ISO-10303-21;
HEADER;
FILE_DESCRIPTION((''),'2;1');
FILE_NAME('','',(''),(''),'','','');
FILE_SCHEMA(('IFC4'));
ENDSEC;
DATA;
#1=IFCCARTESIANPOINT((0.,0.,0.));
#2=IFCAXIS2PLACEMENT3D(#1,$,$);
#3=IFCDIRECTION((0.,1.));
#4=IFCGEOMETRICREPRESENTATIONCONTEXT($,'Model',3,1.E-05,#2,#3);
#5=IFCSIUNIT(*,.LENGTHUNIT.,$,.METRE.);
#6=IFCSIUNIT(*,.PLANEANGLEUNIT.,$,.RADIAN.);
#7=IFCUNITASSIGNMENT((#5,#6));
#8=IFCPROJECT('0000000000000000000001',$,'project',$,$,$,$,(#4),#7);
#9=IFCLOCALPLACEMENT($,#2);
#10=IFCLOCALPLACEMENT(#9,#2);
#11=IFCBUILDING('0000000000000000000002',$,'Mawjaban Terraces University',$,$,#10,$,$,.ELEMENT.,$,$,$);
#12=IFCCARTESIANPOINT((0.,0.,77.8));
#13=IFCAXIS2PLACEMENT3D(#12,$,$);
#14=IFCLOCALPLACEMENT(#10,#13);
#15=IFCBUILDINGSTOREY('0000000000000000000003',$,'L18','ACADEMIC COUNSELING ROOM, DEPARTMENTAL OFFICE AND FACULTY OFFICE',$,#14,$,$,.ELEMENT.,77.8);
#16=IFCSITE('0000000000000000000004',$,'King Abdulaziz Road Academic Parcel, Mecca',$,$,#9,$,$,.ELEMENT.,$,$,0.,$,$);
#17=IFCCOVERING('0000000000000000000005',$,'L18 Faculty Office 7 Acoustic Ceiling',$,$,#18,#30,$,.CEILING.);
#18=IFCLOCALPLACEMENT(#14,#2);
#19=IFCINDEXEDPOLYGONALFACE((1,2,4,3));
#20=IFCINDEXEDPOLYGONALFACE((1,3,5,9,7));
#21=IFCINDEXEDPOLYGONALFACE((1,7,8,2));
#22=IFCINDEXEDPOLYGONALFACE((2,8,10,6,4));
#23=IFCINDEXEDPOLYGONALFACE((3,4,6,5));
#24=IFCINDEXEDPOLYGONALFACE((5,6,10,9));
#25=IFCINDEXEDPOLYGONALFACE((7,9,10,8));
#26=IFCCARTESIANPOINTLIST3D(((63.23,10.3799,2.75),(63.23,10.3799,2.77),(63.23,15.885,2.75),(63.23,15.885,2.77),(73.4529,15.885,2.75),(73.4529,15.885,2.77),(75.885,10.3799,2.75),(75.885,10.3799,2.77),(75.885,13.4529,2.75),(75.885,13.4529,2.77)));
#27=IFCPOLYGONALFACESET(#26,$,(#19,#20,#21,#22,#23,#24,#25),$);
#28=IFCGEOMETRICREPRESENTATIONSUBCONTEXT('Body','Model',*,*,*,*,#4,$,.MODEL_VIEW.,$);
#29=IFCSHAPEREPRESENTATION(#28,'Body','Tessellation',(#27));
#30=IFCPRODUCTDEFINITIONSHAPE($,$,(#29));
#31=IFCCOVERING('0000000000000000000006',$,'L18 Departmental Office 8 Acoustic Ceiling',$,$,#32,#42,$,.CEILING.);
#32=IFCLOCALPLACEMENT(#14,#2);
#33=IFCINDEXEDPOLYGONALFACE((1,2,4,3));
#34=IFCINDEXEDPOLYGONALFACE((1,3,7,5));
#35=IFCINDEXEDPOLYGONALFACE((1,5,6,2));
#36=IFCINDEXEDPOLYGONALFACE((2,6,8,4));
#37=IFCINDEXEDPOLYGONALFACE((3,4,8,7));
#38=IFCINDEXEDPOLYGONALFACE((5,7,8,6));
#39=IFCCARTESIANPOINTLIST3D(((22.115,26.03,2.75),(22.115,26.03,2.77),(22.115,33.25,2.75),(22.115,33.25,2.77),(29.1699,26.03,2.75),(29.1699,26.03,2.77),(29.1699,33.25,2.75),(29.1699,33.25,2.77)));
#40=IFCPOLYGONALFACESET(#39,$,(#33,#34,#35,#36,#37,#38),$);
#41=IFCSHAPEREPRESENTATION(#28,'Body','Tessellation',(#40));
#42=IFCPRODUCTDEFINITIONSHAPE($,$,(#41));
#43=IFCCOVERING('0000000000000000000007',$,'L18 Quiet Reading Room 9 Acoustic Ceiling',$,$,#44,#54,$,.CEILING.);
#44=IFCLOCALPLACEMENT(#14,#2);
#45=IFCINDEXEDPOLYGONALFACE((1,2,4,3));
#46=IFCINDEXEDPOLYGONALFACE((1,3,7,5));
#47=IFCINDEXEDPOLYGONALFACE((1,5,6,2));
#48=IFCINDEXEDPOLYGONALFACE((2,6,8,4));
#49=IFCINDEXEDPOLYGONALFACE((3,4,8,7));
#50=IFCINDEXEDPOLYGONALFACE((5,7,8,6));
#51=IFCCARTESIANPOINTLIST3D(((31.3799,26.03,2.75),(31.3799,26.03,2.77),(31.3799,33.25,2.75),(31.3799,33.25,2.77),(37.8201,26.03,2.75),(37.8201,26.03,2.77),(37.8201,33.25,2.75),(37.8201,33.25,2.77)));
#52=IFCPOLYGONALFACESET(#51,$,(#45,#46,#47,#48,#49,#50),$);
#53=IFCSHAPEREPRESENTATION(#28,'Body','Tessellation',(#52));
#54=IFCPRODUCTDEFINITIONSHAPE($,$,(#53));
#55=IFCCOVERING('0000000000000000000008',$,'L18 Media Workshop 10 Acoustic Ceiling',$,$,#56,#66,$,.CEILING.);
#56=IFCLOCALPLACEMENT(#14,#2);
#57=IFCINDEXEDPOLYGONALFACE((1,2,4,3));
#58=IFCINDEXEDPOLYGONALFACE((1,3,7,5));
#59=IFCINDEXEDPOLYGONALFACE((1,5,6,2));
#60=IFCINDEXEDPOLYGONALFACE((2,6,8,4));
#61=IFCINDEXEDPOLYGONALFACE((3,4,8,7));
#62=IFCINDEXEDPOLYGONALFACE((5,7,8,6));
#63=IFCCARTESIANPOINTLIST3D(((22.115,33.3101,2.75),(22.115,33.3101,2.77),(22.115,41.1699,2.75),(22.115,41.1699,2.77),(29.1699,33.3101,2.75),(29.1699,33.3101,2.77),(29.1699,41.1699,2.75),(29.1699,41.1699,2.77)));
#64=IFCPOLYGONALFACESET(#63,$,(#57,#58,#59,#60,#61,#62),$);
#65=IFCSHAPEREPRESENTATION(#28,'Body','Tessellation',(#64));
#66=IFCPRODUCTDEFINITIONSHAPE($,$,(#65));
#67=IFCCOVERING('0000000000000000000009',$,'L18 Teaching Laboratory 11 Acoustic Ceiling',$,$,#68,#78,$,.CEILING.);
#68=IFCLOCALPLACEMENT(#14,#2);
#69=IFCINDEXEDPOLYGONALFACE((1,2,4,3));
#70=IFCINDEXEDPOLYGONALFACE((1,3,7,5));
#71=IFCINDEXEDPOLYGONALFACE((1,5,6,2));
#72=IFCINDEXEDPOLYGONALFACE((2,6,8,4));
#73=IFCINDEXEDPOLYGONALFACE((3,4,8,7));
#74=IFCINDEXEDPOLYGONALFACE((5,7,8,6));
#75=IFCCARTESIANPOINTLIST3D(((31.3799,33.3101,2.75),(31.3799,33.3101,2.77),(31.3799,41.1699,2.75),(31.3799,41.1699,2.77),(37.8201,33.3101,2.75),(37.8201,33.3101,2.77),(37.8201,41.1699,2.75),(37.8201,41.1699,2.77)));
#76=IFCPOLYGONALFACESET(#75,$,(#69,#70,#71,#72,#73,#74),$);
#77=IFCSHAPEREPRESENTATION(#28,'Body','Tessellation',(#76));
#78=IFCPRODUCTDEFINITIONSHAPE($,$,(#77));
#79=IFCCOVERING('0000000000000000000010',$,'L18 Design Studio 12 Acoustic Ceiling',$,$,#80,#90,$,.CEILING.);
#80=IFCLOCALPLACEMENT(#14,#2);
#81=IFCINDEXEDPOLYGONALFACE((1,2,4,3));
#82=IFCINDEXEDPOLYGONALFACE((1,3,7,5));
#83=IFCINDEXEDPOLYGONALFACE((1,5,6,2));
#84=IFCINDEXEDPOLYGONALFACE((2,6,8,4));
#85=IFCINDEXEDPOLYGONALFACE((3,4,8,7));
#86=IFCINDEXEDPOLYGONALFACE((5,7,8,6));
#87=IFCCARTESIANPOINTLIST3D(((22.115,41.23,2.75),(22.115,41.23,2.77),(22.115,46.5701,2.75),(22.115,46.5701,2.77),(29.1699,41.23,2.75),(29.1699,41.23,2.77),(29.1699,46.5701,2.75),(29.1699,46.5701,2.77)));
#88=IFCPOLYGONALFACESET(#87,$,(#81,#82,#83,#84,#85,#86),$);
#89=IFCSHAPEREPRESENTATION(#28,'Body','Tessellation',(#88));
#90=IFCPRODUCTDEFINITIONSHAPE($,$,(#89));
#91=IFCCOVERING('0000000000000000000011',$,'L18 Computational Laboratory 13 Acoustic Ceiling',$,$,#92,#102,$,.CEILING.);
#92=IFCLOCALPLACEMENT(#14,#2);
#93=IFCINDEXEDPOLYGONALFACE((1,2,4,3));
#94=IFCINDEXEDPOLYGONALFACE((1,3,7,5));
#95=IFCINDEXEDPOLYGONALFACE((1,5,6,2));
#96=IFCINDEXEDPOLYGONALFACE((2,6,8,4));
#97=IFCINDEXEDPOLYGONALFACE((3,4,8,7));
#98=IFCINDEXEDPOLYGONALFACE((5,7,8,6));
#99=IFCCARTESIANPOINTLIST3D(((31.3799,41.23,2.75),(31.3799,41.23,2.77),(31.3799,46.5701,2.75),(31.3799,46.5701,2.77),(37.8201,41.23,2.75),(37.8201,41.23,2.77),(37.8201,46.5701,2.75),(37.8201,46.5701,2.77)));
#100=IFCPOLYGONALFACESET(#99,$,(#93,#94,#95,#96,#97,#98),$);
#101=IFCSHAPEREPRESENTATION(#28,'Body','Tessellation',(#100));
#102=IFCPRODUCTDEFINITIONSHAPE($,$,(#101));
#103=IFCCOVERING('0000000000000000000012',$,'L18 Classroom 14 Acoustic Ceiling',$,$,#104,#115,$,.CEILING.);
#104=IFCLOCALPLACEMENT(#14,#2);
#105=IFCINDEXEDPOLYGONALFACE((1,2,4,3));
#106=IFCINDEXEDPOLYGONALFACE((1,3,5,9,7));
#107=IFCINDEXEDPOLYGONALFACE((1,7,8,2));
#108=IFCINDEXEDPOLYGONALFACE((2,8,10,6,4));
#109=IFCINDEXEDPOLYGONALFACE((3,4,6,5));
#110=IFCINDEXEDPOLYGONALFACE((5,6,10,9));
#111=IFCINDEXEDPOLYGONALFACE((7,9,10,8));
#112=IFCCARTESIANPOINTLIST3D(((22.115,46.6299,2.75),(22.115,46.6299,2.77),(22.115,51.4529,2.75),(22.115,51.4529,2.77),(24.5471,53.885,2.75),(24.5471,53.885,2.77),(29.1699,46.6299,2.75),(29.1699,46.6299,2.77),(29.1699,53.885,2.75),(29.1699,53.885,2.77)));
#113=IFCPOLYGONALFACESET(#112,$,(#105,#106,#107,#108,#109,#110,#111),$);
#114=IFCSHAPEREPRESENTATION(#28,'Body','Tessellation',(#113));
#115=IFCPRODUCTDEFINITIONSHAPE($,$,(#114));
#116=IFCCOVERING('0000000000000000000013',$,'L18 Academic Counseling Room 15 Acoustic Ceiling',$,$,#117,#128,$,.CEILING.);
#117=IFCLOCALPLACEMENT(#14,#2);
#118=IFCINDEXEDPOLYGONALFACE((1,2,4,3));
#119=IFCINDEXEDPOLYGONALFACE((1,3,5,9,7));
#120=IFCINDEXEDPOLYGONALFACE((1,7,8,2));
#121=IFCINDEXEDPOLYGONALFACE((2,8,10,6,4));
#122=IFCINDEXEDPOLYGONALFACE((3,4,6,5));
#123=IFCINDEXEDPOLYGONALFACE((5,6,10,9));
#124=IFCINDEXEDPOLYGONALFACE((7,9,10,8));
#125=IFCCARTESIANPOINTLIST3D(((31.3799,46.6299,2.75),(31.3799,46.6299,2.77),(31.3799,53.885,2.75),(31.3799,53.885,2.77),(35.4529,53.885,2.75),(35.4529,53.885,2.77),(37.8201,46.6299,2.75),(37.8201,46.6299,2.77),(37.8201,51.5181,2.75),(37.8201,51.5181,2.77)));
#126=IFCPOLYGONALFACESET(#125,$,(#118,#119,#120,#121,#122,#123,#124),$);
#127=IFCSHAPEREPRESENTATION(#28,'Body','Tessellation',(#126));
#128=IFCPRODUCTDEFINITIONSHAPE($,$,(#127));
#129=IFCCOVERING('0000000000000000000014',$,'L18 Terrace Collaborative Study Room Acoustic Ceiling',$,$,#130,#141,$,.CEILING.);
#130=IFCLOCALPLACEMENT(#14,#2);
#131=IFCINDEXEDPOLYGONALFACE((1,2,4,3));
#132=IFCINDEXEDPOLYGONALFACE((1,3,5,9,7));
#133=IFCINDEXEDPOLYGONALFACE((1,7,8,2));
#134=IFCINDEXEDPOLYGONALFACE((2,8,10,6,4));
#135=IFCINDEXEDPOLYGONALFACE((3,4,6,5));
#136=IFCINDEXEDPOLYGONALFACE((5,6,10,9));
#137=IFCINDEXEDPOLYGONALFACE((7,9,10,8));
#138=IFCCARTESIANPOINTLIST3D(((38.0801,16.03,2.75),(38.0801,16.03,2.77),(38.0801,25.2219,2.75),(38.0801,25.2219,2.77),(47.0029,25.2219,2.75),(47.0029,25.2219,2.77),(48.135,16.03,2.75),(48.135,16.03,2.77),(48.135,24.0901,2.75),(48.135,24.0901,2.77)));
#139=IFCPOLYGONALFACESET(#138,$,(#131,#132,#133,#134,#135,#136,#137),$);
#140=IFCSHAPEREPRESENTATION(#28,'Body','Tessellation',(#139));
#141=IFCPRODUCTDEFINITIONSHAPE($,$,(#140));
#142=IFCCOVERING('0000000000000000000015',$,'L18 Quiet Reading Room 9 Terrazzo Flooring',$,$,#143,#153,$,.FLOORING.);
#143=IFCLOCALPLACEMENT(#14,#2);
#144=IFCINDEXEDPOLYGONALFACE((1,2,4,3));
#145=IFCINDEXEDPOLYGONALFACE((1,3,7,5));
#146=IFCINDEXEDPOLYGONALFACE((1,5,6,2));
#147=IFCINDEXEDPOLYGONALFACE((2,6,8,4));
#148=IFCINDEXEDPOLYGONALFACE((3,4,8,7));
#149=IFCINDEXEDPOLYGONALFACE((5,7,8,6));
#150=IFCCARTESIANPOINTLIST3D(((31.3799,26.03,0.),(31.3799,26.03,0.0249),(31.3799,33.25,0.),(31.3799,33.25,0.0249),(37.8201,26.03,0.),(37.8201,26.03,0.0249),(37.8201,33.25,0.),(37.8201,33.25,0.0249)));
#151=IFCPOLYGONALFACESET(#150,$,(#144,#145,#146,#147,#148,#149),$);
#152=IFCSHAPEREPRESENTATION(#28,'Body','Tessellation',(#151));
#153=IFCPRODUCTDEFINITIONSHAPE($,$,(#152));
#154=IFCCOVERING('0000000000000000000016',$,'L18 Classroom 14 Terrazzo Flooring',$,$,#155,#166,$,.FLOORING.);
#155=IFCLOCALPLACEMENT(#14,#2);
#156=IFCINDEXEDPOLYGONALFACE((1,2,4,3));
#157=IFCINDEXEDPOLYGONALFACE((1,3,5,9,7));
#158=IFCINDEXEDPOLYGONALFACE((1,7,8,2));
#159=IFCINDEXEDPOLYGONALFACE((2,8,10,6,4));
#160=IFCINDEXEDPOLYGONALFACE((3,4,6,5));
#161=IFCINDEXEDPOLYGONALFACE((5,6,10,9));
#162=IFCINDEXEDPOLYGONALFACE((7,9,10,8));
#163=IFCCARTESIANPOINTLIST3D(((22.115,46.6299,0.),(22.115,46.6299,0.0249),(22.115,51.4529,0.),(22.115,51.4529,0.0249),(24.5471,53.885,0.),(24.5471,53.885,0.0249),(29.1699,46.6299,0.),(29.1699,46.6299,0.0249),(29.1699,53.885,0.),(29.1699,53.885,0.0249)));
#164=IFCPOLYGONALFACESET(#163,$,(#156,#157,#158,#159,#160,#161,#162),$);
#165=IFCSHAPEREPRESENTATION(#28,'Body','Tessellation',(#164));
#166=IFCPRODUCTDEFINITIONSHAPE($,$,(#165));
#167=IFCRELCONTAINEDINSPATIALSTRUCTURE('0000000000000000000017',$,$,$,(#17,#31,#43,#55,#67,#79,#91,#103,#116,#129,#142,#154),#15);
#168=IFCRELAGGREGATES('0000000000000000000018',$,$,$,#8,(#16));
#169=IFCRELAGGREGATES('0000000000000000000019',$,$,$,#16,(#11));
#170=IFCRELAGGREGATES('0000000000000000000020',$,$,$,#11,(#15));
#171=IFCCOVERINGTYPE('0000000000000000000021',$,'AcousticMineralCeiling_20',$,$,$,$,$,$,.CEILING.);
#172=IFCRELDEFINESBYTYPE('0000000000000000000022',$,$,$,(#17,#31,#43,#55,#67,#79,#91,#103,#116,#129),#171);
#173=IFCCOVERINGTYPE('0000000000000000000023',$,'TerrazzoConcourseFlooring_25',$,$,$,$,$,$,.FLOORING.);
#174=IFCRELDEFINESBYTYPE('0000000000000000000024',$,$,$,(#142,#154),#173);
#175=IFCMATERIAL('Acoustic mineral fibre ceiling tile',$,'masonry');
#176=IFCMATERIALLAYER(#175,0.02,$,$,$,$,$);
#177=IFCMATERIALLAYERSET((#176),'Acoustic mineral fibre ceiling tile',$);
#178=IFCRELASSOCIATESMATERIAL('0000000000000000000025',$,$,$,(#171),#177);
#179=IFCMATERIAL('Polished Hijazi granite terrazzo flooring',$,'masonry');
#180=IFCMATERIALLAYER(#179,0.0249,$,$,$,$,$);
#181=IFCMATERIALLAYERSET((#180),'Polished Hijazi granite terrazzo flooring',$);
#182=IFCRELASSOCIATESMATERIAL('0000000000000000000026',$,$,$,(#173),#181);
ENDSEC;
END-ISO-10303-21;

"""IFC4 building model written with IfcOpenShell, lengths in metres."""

from ifc_helpers import new_model, si_unit, direction, frame, origin, place, context, subcontext, project, spatial, polyline, outline, extrude, material, layer, layer_set, type_object, element, save


model = new_model("IFC4")

# Units and contexts
model_context = context("Model", 3, precision=1e-05, world=origin(), true_north=direction((0.0, 1.0)))
body_context = subcontext(model_context, "Body", "Model", "MODEL_VIEW")
ifc_project = project(units=[si_unit("LENGTHUNIT", "METRE"), si_unit("PLANEANGLEUNIT", "RADIAN")], contexts=[model_context])

# Site, building, storey
site_placement = place(None, origin())
site = spatial("IfcSite", under=ifc_project, at=site_placement, Name="King Abdulaziz Road Academic Parcel, Mecca", CompositionType="ELEMENT", RefElevation=0.0)
building_placement = place(site_placement, origin())
building = spatial("IfcBuilding", under=site, at=building_placement, Name="Mawjaban Terraces University", CompositionType="ELEMENT")
storey_placement = place(building_placement, frame((0.0, 0.0, 77.8)))
storey = spatial("IfcBuildingStorey", under=building, at=storey_placement, Name="L18", Description="ACADEMIC COUNSELING ROOM, DEPARTMENTAL OFFICE AND FACULTY OFFICE", CompositionType="ELEMENT", Elevation=77.8)

# Coverings
ifc_material_1 = material(Name="Acoustic mineral fibre ceiling tile", Category="masonry")
ifc_layer_1 = layer(ifc_material_1, 0.02)
ifc_layer_set_1 = layer_set([ifc_layer_1], Name="Acoustic mineral fibre ceiling tile")
covering_type_1 = type_object("IfcCoveringType", Name="AcousticMineralCeiling_20", PredefinedType="CEILING", material=ifc_layer_set_1)
covering_1_placement = place(storey_placement, frame((0.0, 0.0, 2.75)))
element("IfcCovering", 1, at=covering_1_placement, inside=storey, type_object=covering_type_1, Name="L18 Faculty Office 7 Acoustic Ceiling", PredefinedType="CEILING", context=body_context, shape_type="SweptSolid", body=[
    extrude(outline(polyline([(75.885, 10.3799), (75.885, 13.4529), (73.4529, 15.885), (63.23, 15.885), (63.23, 10.3799), (75.885, 10.3799)])), origin(), (0.0, 0.0, 1.0), 0.02),
])
covering_2_placement = place(storey_placement, frame((0.0, 0.0, 2.75)))
element("IfcCovering", 2, at=covering_2_placement, inside=storey, type_object=covering_type_1, Name="L18 Departmental Office 8 Acoustic Ceiling", PredefinedType="CEILING", context=body_context, shape_type="SweptSolid", body=[
    extrude(outline(polyline([(22.115, 33.25), (22.115, 26.03), (29.1699, 26.03), (29.1699, 33.25), (22.115, 33.25)])), origin(), (0.0, 0.0, 1.0), 0.02),
])
covering_3_placement = place(storey_placement, frame((0.0, 0.0, 2.75)))
element("IfcCovering", 3, at=covering_3_placement, inside=storey, type_object=covering_type_1, Name="L18 Quiet Reading Room 9 Acoustic Ceiling", PredefinedType="CEILING", context=body_context, shape_type="SweptSolid", body=[
    extrude(outline(polyline([(37.8201, 26.03), (37.8201, 33.25), (31.3799, 33.25), (31.3799, 26.03), (37.8201, 26.03)])), origin(), (0.0, 0.0, 1.0), 0.02),
])
covering_4_placement = place(storey_placement, frame((0.0, 0.0, 2.75)))
element("IfcCovering", 4, at=covering_4_placement, inside=storey, type_object=covering_type_1, Name="L18 Media Workshop 10 Acoustic Ceiling", PredefinedType="CEILING", context=body_context, shape_type="SweptSolid", body=[
    extrude(outline(polyline([(22.115, 41.1699), (22.115, 33.3101), (29.1699, 33.3101), (29.1699, 41.1699), (22.115, 41.1699)])), origin(), (0.0, 0.0, 1.0), 0.02),
])
covering_5_placement = place(storey_placement, frame((0.0, 0.0, 2.75)))
element("IfcCovering", 5, at=covering_5_placement, inside=storey, type_object=covering_type_1, Name="L18 Teaching Laboratory 11 Acoustic Ceiling", PredefinedType="CEILING", context=body_context, shape_type="SweptSolid", body=[
    extrude(outline(polyline([(37.8201, 33.3101), (37.8201, 41.1699), (31.3799, 41.1699), (31.3799, 33.3101), (37.8201, 33.3101)])), origin(), (0.0, 0.0, 1.0), 0.02),
])
covering_6_placement = place(storey_placement, frame((0.0, 0.0, 2.75)))
element("IfcCovering", 6, at=covering_6_placement, inside=storey, type_object=covering_type_1, Name="L18 Design Studio 12 Acoustic Ceiling", PredefinedType="CEILING", context=body_context, shape_type="SweptSolid", body=[
    extrude(outline(polyline([(22.115, 46.5701), (22.115, 41.23), (29.1699, 41.23), (29.1699, 46.5701), (22.115, 46.5701)])), origin(), (0.0, 0.0, 1.0), 0.02),
])
covering_7_placement = place(storey_placement, frame((0.0, 0.0, 2.75)))
element("IfcCovering", 7, at=covering_7_placement, inside=storey, type_object=covering_type_1, Name="L18 Computational Laboratory 13 Acoustic Ceiling", PredefinedType="CEILING", context=body_context, shape_type="SweptSolid", body=[
    extrude(outline(polyline([(37.8201, 41.23), (37.8201, 46.5701), (31.3799, 46.5701), (31.3799, 41.23), (37.8201, 41.23)])), origin(), (0.0, 0.0, 1.0), 0.02),
])
covering_8_placement = place(storey_placement, frame((0.0, 0.0, 2.75)))
element("IfcCovering", 8, at=covering_8_placement, inside=storey, type_object=covering_type_1, Name="L18 Classroom 14 Acoustic Ceiling", PredefinedType="CEILING", context=body_context, shape_type="SweptSolid", body=[
    extrude(outline(polyline([(29.1699, 53.885), (24.5471, 53.885), (22.115, 51.4529), (22.115, 46.6299), (29.1699, 46.6299), (29.1699, 53.885)])), origin(), (0.0, 0.0, 1.0), 0.02),
])
covering_9_placement = place(storey_placement, frame((0.0, 0.0, 2.75)))
element("IfcCovering", 9, at=covering_9_placement, inside=storey, type_object=covering_type_1, Name="L18 Academic Counseling Room 15 Acoustic Ceiling", PredefinedType="CEILING", context=body_context, shape_type="SweptSolid", body=[
    extrude(outline(polyline([(37.8201, 51.5181), (35.4529, 53.885), (31.3799, 53.885), (31.3799, 46.6299), (37.8201, 46.6299), (37.8201, 51.5181)])), origin(), (0.0, 0.0, 1.0), 0.02),
])
covering_10_placement = place(storey_placement, frame((0.0, 0.0, 2.75)))
element("IfcCovering", 10, at=covering_10_placement, inside=storey, type_object=covering_type_1, Name="L18 Terrace Collaborative Study Room Acoustic Ceiling", PredefinedType="CEILING", context=body_context, shape_type="SweptSolid", body=[
    extrude(outline(polyline([(48.135, 16.03), (48.135, 24.0901), (47.0029, 25.2219), (38.0801, 25.2219), (38.0801, 16.03), (48.135, 16.03)])), origin(), (0.0, 0.0, 1.0), 0.02),
])
ifc_material_2 = material(Name="Polished Hijazi granite terrazzo flooring", Category="masonry")
ifc_layer_2 = layer(ifc_material_2, 0.0249)
ifc_layer_set_2 = layer_set([ifc_layer_2], Name="Polished Hijazi granite terrazzo flooring")
covering_type_2 = type_object("IfcCoveringType", Name="TerrazzoConcourseFlooring_25", PredefinedType="FLOORING", material=ifc_layer_set_2)
covering_11_placement = place(storey_placement, origin())
element("IfcCovering", 11, at=covering_11_placement, inside=storey, type_object=covering_type_2, Name="L18 Quiet Reading Room 9 Terrazzo Flooring", PredefinedType="FLOORING", context=body_context, shape_type="SweptSolid", body=[
    extrude(outline(polyline([(37.8201, 26.03), (37.8201, 33.25), (31.3799, 33.25), (31.3799, 26.03), (37.8201, 26.03)])), origin(), (0.0, 0.0, 1.0), 0.0249),
])
covering_12_placement = place(storey_placement, origin())
element("IfcCovering", 12, at=covering_12_placement, inside=storey, type_object=covering_type_2, Name="L18 Classroom 14 Terrazzo Flooring", PredefinedType="FLOORING", context=body_context, shape_type="SweptSolid", body=[
    extrude(outline(polyline([(29.1699, 53.885), (24.5471, 53.885), (22.115, 51.4529), (22.115, 46.6299), (29.1699, 46.6299), (29.1699, 53.885)])), origin(), (0.0, 0.0, 1.0), 0.0249),
])

save(model, "model.ifc")
